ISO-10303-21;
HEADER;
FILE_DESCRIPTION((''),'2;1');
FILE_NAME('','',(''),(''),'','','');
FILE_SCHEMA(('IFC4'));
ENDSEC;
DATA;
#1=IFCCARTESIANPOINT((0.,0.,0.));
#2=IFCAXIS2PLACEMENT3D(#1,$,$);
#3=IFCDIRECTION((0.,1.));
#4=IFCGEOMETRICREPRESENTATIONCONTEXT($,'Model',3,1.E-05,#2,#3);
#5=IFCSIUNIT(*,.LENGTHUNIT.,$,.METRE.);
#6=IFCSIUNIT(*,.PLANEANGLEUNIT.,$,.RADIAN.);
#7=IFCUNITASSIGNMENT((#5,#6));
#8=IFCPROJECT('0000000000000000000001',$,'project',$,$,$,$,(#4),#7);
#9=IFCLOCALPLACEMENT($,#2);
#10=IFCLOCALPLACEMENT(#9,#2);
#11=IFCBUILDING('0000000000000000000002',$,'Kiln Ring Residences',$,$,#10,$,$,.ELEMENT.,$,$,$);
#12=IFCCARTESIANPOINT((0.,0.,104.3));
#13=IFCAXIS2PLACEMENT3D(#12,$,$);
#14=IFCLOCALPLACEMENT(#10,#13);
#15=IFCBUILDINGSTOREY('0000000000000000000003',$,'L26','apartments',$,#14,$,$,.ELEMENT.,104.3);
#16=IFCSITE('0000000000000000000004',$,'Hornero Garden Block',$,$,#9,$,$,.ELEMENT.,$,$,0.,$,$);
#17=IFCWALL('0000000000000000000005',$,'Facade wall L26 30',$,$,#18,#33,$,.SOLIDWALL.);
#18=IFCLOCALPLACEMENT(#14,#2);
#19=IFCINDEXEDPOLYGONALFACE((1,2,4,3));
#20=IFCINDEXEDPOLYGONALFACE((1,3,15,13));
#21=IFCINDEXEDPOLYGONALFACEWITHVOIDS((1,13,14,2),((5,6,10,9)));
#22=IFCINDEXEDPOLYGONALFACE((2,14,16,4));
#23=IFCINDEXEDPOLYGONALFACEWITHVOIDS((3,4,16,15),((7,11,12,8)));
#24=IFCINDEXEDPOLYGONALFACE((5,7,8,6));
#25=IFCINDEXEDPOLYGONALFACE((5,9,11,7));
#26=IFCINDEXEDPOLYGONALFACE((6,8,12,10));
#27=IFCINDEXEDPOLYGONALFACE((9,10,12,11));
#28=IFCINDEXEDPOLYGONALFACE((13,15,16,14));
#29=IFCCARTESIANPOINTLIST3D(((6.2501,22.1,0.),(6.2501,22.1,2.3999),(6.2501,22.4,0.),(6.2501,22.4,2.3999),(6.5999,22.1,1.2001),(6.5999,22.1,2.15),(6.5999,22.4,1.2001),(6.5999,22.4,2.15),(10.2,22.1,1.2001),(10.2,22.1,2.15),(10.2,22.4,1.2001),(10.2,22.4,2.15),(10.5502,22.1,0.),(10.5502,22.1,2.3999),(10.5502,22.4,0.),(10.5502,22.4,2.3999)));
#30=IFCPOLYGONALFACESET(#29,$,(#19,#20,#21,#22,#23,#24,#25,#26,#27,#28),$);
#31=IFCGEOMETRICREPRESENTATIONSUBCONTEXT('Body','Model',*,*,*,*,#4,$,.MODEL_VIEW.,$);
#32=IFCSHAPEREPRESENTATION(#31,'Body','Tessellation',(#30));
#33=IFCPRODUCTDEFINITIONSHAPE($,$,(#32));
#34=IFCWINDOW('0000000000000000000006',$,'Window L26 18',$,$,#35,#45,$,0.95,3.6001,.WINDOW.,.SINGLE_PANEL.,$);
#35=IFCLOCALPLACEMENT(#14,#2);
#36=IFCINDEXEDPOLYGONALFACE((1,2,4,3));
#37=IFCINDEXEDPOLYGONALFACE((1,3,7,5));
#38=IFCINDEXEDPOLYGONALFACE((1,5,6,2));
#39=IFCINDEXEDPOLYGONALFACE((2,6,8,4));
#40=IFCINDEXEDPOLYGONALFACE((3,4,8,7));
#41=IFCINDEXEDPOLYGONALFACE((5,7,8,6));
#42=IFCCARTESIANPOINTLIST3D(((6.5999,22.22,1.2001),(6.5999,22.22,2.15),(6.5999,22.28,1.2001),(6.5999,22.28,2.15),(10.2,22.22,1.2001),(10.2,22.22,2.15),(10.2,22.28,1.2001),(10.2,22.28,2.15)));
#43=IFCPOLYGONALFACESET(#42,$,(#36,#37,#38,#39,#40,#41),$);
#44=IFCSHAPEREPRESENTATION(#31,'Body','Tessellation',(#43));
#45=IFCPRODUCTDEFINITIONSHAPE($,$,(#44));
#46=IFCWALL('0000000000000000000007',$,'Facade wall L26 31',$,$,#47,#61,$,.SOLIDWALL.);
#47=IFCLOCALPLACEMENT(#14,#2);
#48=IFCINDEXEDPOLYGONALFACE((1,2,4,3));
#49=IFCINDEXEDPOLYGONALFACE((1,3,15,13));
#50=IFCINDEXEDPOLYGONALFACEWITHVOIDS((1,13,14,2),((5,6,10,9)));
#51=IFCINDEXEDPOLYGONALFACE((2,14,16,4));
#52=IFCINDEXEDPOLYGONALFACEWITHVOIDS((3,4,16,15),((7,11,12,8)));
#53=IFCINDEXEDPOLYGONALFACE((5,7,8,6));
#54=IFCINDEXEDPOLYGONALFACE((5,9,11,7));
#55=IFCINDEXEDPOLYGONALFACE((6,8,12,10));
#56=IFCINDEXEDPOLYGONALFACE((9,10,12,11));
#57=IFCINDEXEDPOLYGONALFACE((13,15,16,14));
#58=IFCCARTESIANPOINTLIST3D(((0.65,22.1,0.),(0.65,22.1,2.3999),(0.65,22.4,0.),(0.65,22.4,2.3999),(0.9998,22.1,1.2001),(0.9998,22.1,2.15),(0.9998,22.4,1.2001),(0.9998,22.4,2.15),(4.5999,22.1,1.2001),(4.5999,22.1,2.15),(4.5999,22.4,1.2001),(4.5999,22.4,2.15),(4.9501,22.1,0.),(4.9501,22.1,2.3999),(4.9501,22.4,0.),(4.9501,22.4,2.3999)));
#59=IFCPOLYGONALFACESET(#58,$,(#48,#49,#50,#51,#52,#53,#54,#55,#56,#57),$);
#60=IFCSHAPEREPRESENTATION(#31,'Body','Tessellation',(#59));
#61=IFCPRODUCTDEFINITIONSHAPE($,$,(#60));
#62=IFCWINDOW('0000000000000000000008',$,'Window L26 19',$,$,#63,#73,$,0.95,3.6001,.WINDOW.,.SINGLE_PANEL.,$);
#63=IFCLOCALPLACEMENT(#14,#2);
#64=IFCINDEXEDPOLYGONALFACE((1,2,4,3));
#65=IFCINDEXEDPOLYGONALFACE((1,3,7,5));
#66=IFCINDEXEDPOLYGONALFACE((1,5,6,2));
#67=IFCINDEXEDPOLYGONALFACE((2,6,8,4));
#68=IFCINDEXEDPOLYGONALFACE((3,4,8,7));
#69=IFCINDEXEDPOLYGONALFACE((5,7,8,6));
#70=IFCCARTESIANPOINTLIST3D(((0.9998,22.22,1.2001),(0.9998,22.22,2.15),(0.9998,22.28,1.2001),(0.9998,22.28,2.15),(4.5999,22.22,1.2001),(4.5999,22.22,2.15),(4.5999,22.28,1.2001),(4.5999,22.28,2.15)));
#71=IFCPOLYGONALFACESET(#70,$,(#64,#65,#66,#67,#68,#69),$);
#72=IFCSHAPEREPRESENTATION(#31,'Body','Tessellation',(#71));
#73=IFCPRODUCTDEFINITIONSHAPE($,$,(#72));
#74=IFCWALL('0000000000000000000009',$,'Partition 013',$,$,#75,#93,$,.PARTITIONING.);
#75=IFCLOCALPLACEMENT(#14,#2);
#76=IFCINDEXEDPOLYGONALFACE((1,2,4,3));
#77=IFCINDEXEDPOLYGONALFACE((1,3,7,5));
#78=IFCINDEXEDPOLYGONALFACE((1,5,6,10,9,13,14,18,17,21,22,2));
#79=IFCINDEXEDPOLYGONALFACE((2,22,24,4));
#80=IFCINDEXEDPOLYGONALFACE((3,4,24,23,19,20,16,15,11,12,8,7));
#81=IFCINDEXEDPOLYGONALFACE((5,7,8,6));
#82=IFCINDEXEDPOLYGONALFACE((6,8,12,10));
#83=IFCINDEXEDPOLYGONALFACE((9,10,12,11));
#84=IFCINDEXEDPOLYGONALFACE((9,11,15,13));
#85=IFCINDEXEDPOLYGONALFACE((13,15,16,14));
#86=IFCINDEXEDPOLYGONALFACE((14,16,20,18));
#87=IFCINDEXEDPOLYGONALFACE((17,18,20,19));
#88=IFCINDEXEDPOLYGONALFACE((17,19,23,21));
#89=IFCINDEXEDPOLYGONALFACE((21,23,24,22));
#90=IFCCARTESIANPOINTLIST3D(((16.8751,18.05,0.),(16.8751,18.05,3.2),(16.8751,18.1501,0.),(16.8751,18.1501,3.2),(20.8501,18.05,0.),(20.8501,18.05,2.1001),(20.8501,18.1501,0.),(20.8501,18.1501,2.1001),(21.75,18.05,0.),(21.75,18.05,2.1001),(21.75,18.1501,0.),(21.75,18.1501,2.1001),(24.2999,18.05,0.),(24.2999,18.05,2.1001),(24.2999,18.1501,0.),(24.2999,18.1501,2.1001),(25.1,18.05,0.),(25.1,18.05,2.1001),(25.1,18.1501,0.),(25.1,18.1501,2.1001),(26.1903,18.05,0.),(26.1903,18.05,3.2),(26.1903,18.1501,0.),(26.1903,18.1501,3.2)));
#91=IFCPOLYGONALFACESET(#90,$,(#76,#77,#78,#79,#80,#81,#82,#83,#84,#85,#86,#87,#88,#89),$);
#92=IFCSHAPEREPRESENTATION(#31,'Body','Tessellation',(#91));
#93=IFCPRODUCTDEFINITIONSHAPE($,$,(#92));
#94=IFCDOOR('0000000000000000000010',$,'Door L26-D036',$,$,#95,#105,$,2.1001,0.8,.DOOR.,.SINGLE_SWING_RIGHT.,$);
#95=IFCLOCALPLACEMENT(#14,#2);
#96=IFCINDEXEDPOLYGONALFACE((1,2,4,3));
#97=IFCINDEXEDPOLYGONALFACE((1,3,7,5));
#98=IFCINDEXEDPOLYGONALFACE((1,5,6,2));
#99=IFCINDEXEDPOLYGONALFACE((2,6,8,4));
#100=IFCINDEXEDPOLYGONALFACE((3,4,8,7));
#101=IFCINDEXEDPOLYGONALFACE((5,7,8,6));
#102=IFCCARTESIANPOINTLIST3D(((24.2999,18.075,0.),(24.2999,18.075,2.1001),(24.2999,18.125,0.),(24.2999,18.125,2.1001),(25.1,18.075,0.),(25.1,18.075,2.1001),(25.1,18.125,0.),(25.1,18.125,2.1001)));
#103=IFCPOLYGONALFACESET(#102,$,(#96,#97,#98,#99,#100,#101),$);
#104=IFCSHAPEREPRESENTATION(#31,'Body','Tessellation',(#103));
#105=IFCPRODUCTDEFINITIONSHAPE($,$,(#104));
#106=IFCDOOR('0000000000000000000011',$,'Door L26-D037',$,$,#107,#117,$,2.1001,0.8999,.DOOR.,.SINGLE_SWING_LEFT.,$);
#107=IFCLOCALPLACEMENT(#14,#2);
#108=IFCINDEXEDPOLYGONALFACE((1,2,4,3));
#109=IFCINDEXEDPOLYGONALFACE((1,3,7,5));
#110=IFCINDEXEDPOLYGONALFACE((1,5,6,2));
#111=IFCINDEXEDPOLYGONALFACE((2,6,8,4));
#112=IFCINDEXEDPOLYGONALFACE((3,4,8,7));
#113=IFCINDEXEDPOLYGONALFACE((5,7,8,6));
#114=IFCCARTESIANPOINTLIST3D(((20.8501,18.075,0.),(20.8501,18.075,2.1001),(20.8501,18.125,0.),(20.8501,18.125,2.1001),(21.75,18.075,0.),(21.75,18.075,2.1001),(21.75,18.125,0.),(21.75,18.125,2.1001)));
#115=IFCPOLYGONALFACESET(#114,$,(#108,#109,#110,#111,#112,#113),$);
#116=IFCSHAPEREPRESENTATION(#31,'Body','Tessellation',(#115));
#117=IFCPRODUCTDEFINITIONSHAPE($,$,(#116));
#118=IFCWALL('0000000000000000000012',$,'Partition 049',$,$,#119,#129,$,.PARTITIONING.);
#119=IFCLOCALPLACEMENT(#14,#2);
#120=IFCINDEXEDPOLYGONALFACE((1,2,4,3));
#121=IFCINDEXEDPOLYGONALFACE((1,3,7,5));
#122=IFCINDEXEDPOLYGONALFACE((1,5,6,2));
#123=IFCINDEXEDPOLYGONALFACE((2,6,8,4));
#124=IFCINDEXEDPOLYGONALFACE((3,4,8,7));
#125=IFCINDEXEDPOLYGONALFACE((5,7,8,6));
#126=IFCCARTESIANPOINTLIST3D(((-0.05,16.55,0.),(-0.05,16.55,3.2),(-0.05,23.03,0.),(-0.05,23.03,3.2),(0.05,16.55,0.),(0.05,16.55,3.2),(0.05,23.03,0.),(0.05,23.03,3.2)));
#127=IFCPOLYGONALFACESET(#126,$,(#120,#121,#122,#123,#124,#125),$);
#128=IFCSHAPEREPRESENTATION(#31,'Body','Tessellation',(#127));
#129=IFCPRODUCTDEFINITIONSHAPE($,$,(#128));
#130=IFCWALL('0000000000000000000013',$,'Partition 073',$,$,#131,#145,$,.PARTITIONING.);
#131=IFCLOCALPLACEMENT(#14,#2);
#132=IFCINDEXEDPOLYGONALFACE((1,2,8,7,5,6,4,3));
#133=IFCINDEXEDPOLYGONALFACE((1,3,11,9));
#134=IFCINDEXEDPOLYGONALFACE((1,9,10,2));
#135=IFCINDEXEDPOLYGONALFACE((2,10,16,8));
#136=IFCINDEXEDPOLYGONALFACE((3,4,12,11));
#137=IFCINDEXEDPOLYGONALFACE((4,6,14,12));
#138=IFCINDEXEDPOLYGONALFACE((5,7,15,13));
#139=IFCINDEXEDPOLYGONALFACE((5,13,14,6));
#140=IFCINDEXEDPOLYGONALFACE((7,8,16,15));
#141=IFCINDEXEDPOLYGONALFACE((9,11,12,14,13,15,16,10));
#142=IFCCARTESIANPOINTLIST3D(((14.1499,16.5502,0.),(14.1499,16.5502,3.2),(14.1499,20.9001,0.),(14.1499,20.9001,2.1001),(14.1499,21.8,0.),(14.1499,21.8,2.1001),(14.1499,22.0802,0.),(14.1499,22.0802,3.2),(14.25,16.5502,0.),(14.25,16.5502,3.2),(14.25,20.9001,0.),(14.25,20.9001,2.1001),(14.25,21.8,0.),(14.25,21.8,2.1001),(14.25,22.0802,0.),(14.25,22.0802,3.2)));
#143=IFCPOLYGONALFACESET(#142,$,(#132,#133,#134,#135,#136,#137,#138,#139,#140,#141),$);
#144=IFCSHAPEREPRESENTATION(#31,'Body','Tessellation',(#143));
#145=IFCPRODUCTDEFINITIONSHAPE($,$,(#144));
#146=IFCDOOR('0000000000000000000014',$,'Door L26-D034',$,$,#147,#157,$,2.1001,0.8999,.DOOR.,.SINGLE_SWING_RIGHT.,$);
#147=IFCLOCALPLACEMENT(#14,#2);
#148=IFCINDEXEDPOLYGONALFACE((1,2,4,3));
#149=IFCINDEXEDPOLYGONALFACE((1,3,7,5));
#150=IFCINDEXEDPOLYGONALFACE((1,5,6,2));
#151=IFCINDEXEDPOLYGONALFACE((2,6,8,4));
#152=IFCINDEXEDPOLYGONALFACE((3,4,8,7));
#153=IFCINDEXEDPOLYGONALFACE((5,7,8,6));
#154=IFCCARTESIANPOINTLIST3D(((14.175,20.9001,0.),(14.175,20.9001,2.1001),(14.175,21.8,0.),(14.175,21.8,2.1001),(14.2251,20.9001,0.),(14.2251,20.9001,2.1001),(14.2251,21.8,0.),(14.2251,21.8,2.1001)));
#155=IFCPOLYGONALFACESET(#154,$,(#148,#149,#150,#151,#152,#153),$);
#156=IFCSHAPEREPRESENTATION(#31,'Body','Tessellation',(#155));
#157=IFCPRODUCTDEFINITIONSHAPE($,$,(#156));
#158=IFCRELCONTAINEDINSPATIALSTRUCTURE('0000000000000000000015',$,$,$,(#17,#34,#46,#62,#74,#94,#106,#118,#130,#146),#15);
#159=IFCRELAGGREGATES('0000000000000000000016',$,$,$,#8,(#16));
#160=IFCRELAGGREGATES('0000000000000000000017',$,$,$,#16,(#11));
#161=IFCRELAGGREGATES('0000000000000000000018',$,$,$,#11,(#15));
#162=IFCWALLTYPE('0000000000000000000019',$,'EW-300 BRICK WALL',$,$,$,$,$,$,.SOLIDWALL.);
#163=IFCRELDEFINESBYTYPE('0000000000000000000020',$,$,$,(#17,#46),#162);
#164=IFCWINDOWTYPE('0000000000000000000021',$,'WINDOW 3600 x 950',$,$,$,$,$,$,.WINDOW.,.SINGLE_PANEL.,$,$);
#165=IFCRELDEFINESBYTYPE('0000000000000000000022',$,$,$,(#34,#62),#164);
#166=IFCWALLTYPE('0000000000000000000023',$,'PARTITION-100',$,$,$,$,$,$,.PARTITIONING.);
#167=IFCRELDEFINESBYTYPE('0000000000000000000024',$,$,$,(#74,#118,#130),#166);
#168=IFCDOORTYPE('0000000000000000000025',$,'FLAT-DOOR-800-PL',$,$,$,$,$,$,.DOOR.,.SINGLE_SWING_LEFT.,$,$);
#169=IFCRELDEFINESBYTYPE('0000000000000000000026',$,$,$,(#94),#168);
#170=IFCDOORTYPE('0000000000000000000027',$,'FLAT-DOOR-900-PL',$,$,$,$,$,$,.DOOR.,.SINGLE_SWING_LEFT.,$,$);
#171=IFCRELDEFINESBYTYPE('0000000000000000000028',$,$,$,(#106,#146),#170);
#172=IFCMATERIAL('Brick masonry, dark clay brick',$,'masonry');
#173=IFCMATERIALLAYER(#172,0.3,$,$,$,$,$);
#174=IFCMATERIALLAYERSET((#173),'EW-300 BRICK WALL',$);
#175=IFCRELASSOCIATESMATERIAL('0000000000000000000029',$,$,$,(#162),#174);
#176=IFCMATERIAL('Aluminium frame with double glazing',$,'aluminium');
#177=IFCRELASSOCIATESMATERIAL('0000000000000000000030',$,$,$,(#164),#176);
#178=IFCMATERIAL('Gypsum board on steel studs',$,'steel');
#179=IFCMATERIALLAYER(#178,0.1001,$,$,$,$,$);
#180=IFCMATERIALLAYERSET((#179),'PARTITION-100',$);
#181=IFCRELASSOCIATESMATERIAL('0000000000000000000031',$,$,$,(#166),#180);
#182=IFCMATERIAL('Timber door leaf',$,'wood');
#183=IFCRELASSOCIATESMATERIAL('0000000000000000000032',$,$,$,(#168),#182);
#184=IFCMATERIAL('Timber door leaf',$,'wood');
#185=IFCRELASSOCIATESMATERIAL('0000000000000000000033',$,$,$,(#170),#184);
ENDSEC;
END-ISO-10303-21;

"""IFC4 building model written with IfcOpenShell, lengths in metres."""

from ifc_helpers import new_model, si_unit, direction, frame, frame_2d, origin, place, context, subcontext, project, spatial, rectangle, extrude, material, layer, layer_set, type_object, element, fill, save


model = new_model("IFC4")

# Units and contexts
model_context = context("Model", 3, precision=1e-05, world=origin(), true_north=direction((0.0, 1.0)))
body_context = subcontext(model_context, "Body", "Model", "MODEL_VIEW")
ifc_project = project(units=[si_unit("LENGTHUNIT", "METRE"), si_unit("PLANEANGLEUNIT", "RADIAN")], contexts=[model_context])

# Site, building, storey
site_placement = place(None, origin())
site = spatial("IfcSite", under=ifc_project, at=site_placement, Name="Hornero Garden Block", CompositionType="ELEMENT", RefElevation=0.0)
building_placement = place(site_placement, origin())
building = spatial("IfcBuilding", under=site, at=building_placement, Name="Kiln Ring Residences", CompositionType="ELEMENT")
storey_placement = place(building_placement, frame((0.0, 0.0, 104.3)))
storey = spatial("IfcBuildingStorey", under=building, at=storey_placement, Name="L26", Description="apartments", CompositionType="ELEMENT", Elevation=104.3)

# Shared definitions
ifc_material_1 = material(Name="Brick masonry, dark clay brick", Category="masonry")
ifc_layer_1 = layer(ifc_material_1, 0.3)
ifc_layer_set_1 = layer_set([ifc_layer_1], Name="EW-300 BRICK WALL")
wall_type_1 = type_object("IfcWallType", Name="EW-300 BRICK WALL", PredefinedType="SOLIDWALL", material=ifc_layer_set_1)

# Walls, openings, windows
wall_1_placement = place(storey_placement, frame((10.55, 22.25, 0.0), z_axis=(0.0, 0.0, 1.0), x_axis=(-1.0, 0.0, 0.0)))
wall_1 = element("IfcWall", 1, at=wall_1_placement, inside=storey, type_object=wall_type_1, Name="Facade wall L26 30", PredefinedType="SOLIDWALL", context=body_context, shape_type="SweptSolid", body=[
    extrude(rectangle(XDim=4.3, YDim=0.3, at=frame_2d((2.1499, 0.0))), origin(), (0.0, 0.0, 1.0), 2.3999),
])
opening_1_placement = place(wall_1_placement, frame((0.3501, 0.0, 1.2)))
opening_1 = element("IfcOpeningElement", 2, at=opening_1_placement, cuts=wall_1, PredefinedType="OPENING", context=body_context, shape_type="SweptSolid", body=[
    extrude(rectangle(XDim=3.6001, YDim=0.95, at=frame_2d((1.8, 0.4751))), frame((0.0, 0.1599, 0.0), z_axis=(0.0, -1.0, 0.0), x_axis=(1.0, 0.0, 0.0)), (0.0, 0.0, 1.0), 0.3201),
])
ifc_material_2 = material(Name="Aluminium frame with double glazing", Category="aluminium")
window_type_1 = type_object("IfcWindowType", Name="WINDOW 3600 x 950", PartitioningType="SINGLE_PANEL", PredefinedType="WINDOW", material=ifc_material_2)
window_1_placement = place(opening_1_placement, origin())
window_1 = element("IfcWindow", 3, at=window_1_placement, inside=storey, type_object=window_type_1, Name="Window L26 18", OverallHeight=0.95, OverallWidth=3.6001, PartitioningType="SINGLE_PANEL", PredefinedType="WINDOW", context=body_context, shape_type="SweptSolid", body=[
    extrude(rectangle(XDim=3.6001, YDim=0.95, at=frame_2d((1.8, 0.4751))), frame((0.0, 0.03, 0.0), z_axis=(0.0, -1.0, 0.0), x_axis=(1.0, 0.0, 0.0)), (0.0, 0.0, 1.0), 0.0601),
])
fill(opening_1, window_1)
wall_2_placement = place(storey_placement, frame((4.95, 22.25, 0.0), z_axis=(0.0, 0.0, 1.0), x_axis=(-1.0, 0.0, 0.0)))
wall_2 = element("IfcWall", 4, at=wall_2_placement, inside=storey, type_object=wall_type_1, Name="Facade wall L26 31", PredefinedType="SOLIDWALL", context=body_context, shape_type="SweptSolid", body=[
    extrude(rectangle(XDim=4.3, YDim=0.3, at=frame_2d((2.1499, 0.0))), origin(), (0.0, 0.0, 1.0), 2.3999),
])
opening_2_placement = place(wall_2_placement, frame((0.3501, 0.0, 1.2)))
opening_2 = element("IfcOpeningElement", 5, at=opening_2_placement, cuts=wall_2, PredefinedType="OPENING", context=body_context, shape_type="SweptSolid", body=[
    extrude(rectangle(XDim=3.6001, YDim=0.95, at=frame_2d((1.8, 0.4751))), frame((0.0, 0.1599, 0.0), z_axis=(0.0, -1.0, 0.0), x_axis=(1.0, 0.0, 0.0)), (0.0, 0.0, 1.0), 0.3201),
])
window_2_placement = place(opening_2_placement, origin())
window_2 = element("IfcWindow", 6, at=window_2_placement, inside=storey, type_object=window_type_1, Name="Window L26 19", OverallHeight=0.95, OverallWidth=3.6001, PartitioningType="SINGLE_PANEL", PredefinedType="WINDOW", context=body_context, shape_type="SweptSolid", body=[
    extrude(rectangle(XDim=3.6001, YDim=0.95, at=frame_2d((1.8, 0.4751))), frame((0.0, 0.03, 0.0), z_axis=(0.0, -1.0, 0.0), x_axis=(1.0, 0.0, 0.0)), (0.0, 0.0, 1.0), 0.0601),
])
fill(opening_2, window_2)

# Wall, openings, doors
ifc_material_3 = material(Name="Gypsum board on steel studs", Category="steel")
ifc_layer_2 = layer(ifc_material_3, 0.1001)
ifc_layer_set_2 = layer_set([ifc_layer_2], Name="PARTITION-100")
wall_type_2 = type_object("IfcWallType", Name="PARTITION-100", PredefinedType="PARTITIONING", material=ifc_layer_set_2)
wall_3_placement = place(storey_placement, frame((16.875, 18.1001, 0.0), z_axis=(0.0, 0.0, 1.0), x_axis=(1.0, 0.0, 0.0)))
wall_3 = element("IfcWall", 7, at=wall_3_placement, inside=storey, type_object=wall_type_2, Name="Partition 013", PredefinedType="PARTITIONING", context=body_context, shape_type="SweptSolid", body=[
    extrude(rectangle(XDim=9.3152, YDim=0.1001, at=frame_2d((4.6577, 0.0))), origin(), (0.0, 0.0, 1.0), 3.2),
])
opening_3_placement = place(wall_3_placement, frame((7.425, 0.0, 0.0)))
opening_3 = element("IfcOpeningElement", 8, at=opening_3_placement, cuts=wall_3, PredefinedType="OPENING", context=body_context, shape_type="SweptSolid", body=[
    extrude(rectangle(XDim=0.8, YDim=2.1001, at=frame_2d((0.3999, 1.05))), frame((0.0, 0.0601, 0.0), z_axis=(0.0, -1.0, 0.0), x_axis=(1.0, 0.0, 0.0)), (0.0, 0.0, 1.0), 0.1201),
])
opening_4_placement = place(wall_3_placement, frame((3.9751, 0.0, 0.0)))
opening_4 = element("IfcOpeningElement", 9, at=opening_4_placement, cuts=wall_3, PredefinedType="OPENING", context=body_context, shape_type="SweptSolid", body=[
    extrude(rectangle(XDim=0.8999, YDim=2.1001, at=frame_2d((0.45, 1.05))), frame((0.0, 0.0601, 0.0), z_axis=(0.0, -1.0, 0.0), x_axis=(1.0, 0.0, 0.0)), (0.0, 0.0, 1.0), 0.1201),
])
ifc_material_4 = material(Name="Timber door leaf", Category="wood")
door_type_1 = type_object("IfcDoorType", Name="FLAT-DOOR-800-PL", OperationType="SINGLE_SWING_LEFT", PredefinedType="DOOR", material=ifc_material_4)
door_1_placement = place(opening_3_placement, origin())
door_1 = element("IfcDoor", 10, at=door_1_placement, inside=storey, type_object=door_type_1, Name="Door L26-D036", OperationType="SINGLE_SWING_RIGHT", OverallHeight=2.1001, OverallWidth=0.8, PredefinedType="DOOR", context=body_context, shape_type="SweptSolid", body=[
    extrude(rectangle(XDim=0.8, YDim=2.1001, at=frame_2d((0.3999, 1.05))), frame((0.0, 0.0249, 0.0), z_axis=(0.0, -1.0, 0.0), x_axis=(1.0, 0.0, 0.0)), (0.0, 0.0, 1.0), 0.05),
])
fill(opening_3, door_1)
ifc_material_5 = material(Name="Timber door leaf", Category="wood")
door_type_2 = type_object("IfcDoorType", Name="FLAT-DOOR-900-PL", OperationType="SINGLE_SWING_LEFT", PredefinedType="DOOR", material=ifc_material_5)
door_2_placement = place(opening_4_placement, origin())
door_2 = element("IfcDoor", 11, at=door_2_placement, inside=storey, type_object=door_type_2, Name="Door L26-D037", OperationType="SINGLE_SWING_LEFT", OverallHeight=2.1001, OverallWidth=0.8999, PredefinedType="DOOR", context=body_context, shape_type="SweptSolid", body=[
    extrude(rectangle(XDim=0.8999, YDim=2.1001, at=frame_2d((0.45, 1.05))), frame((0.0, 0.0249, 0.0), z_axis=(0.0, -1.0, 0.0), x_axis=(1.0, 0.0, 0.0)), (0.0, 0.0, 1.0), 0.05),
])
fill(opening_4, door_2)

# Wall
wall_4_placement = place(storey_placement, frame((0.0, 16.55, 0.0), z_axis=(0.0, 0.0, 1.0), x_axis=(0.0, 1.0, 0.0)))
element("IfcWall", 12, at=wall_4_placement, inside=storey, type_object=wall_type_2, Name="Partition 049", PredefinedType="PARTITIONING", context=body_context, shape_type="SweptSolid", body=[
    extrude(rectangle(XDim=6.48, YDim=0.1001, at=frame_2d((3.24, 0.0))), origin(), (0.0, 0.0, 1.0), 3.2),
])

# Wall, opening, door
wall_5_placement = place(storey_placement, frame((14.2, 16.55, 0.0), z_axis=(0.0, 0.0, 1.0), x_axis=(0.0, 1.0, 0.0)))
wall_5 = element("IfcWall", 13, at=wall_5_placement, inside=storey, type_object=wall_type_2, Name="Partition 073", PredefinedType="PARTITIONING", context=body_context, shape_type="SweptSolid", body=[
    extrude(rectangle(XDim=5.53, YDim=0.1001, at=frame_2d((2.7651, 0.0))), origin(), (0.0, 0.0, 1.0), 3.2),
])
opening_5_placement = place(wall_5_placement, frame((4.3501, 0.0, 0.0)))
opening_5 = element("IfcOpeningElement", 14, at=opening_5_placement, cuts=wall_5, PredefinedType="OPENING", context=body_context, shape_type="SweptSolid", body=[
    extrude(rectangle(XDim=0.8999, YDim=2.1001, at=frame_2d((0.45, 1.05))), frame((0.0, 0.0601, 0.0), z_axis=(0.0, -1.0, 0.0), x_axis=(1.0, 0.0, 0.0)), (0.0, 0.0, 1.0), 0.1201),
])
door_3_placement = place(opening_5_placement, origin())
door_3 = element("IfcDoor", 15, at=door_3_placement, inside=storey, type_object=door_type_2, Name="Door L26-D034", OperationType="SINGLE_SWING_RIGHT", OverallHeight=2.1001, OverallWidth=0.8999, PredefinedType="DOOR", context=body_context, shape_type="SweptSolid", body=[
    extrude(rectangle(XDim=0.8999, YDim=2.1001, at=frame_2d((0.45, 1.05))), frame((0.0, 0.0249, 0.0), z_axis=(0.0, -1.0, 0.0), x_axis=(1.0, 0.0, 0.0)), (0.0, 0.0, 1.0), 0.05),
])
fill(opening_5, door_3)

save(model, "model.ifc")
